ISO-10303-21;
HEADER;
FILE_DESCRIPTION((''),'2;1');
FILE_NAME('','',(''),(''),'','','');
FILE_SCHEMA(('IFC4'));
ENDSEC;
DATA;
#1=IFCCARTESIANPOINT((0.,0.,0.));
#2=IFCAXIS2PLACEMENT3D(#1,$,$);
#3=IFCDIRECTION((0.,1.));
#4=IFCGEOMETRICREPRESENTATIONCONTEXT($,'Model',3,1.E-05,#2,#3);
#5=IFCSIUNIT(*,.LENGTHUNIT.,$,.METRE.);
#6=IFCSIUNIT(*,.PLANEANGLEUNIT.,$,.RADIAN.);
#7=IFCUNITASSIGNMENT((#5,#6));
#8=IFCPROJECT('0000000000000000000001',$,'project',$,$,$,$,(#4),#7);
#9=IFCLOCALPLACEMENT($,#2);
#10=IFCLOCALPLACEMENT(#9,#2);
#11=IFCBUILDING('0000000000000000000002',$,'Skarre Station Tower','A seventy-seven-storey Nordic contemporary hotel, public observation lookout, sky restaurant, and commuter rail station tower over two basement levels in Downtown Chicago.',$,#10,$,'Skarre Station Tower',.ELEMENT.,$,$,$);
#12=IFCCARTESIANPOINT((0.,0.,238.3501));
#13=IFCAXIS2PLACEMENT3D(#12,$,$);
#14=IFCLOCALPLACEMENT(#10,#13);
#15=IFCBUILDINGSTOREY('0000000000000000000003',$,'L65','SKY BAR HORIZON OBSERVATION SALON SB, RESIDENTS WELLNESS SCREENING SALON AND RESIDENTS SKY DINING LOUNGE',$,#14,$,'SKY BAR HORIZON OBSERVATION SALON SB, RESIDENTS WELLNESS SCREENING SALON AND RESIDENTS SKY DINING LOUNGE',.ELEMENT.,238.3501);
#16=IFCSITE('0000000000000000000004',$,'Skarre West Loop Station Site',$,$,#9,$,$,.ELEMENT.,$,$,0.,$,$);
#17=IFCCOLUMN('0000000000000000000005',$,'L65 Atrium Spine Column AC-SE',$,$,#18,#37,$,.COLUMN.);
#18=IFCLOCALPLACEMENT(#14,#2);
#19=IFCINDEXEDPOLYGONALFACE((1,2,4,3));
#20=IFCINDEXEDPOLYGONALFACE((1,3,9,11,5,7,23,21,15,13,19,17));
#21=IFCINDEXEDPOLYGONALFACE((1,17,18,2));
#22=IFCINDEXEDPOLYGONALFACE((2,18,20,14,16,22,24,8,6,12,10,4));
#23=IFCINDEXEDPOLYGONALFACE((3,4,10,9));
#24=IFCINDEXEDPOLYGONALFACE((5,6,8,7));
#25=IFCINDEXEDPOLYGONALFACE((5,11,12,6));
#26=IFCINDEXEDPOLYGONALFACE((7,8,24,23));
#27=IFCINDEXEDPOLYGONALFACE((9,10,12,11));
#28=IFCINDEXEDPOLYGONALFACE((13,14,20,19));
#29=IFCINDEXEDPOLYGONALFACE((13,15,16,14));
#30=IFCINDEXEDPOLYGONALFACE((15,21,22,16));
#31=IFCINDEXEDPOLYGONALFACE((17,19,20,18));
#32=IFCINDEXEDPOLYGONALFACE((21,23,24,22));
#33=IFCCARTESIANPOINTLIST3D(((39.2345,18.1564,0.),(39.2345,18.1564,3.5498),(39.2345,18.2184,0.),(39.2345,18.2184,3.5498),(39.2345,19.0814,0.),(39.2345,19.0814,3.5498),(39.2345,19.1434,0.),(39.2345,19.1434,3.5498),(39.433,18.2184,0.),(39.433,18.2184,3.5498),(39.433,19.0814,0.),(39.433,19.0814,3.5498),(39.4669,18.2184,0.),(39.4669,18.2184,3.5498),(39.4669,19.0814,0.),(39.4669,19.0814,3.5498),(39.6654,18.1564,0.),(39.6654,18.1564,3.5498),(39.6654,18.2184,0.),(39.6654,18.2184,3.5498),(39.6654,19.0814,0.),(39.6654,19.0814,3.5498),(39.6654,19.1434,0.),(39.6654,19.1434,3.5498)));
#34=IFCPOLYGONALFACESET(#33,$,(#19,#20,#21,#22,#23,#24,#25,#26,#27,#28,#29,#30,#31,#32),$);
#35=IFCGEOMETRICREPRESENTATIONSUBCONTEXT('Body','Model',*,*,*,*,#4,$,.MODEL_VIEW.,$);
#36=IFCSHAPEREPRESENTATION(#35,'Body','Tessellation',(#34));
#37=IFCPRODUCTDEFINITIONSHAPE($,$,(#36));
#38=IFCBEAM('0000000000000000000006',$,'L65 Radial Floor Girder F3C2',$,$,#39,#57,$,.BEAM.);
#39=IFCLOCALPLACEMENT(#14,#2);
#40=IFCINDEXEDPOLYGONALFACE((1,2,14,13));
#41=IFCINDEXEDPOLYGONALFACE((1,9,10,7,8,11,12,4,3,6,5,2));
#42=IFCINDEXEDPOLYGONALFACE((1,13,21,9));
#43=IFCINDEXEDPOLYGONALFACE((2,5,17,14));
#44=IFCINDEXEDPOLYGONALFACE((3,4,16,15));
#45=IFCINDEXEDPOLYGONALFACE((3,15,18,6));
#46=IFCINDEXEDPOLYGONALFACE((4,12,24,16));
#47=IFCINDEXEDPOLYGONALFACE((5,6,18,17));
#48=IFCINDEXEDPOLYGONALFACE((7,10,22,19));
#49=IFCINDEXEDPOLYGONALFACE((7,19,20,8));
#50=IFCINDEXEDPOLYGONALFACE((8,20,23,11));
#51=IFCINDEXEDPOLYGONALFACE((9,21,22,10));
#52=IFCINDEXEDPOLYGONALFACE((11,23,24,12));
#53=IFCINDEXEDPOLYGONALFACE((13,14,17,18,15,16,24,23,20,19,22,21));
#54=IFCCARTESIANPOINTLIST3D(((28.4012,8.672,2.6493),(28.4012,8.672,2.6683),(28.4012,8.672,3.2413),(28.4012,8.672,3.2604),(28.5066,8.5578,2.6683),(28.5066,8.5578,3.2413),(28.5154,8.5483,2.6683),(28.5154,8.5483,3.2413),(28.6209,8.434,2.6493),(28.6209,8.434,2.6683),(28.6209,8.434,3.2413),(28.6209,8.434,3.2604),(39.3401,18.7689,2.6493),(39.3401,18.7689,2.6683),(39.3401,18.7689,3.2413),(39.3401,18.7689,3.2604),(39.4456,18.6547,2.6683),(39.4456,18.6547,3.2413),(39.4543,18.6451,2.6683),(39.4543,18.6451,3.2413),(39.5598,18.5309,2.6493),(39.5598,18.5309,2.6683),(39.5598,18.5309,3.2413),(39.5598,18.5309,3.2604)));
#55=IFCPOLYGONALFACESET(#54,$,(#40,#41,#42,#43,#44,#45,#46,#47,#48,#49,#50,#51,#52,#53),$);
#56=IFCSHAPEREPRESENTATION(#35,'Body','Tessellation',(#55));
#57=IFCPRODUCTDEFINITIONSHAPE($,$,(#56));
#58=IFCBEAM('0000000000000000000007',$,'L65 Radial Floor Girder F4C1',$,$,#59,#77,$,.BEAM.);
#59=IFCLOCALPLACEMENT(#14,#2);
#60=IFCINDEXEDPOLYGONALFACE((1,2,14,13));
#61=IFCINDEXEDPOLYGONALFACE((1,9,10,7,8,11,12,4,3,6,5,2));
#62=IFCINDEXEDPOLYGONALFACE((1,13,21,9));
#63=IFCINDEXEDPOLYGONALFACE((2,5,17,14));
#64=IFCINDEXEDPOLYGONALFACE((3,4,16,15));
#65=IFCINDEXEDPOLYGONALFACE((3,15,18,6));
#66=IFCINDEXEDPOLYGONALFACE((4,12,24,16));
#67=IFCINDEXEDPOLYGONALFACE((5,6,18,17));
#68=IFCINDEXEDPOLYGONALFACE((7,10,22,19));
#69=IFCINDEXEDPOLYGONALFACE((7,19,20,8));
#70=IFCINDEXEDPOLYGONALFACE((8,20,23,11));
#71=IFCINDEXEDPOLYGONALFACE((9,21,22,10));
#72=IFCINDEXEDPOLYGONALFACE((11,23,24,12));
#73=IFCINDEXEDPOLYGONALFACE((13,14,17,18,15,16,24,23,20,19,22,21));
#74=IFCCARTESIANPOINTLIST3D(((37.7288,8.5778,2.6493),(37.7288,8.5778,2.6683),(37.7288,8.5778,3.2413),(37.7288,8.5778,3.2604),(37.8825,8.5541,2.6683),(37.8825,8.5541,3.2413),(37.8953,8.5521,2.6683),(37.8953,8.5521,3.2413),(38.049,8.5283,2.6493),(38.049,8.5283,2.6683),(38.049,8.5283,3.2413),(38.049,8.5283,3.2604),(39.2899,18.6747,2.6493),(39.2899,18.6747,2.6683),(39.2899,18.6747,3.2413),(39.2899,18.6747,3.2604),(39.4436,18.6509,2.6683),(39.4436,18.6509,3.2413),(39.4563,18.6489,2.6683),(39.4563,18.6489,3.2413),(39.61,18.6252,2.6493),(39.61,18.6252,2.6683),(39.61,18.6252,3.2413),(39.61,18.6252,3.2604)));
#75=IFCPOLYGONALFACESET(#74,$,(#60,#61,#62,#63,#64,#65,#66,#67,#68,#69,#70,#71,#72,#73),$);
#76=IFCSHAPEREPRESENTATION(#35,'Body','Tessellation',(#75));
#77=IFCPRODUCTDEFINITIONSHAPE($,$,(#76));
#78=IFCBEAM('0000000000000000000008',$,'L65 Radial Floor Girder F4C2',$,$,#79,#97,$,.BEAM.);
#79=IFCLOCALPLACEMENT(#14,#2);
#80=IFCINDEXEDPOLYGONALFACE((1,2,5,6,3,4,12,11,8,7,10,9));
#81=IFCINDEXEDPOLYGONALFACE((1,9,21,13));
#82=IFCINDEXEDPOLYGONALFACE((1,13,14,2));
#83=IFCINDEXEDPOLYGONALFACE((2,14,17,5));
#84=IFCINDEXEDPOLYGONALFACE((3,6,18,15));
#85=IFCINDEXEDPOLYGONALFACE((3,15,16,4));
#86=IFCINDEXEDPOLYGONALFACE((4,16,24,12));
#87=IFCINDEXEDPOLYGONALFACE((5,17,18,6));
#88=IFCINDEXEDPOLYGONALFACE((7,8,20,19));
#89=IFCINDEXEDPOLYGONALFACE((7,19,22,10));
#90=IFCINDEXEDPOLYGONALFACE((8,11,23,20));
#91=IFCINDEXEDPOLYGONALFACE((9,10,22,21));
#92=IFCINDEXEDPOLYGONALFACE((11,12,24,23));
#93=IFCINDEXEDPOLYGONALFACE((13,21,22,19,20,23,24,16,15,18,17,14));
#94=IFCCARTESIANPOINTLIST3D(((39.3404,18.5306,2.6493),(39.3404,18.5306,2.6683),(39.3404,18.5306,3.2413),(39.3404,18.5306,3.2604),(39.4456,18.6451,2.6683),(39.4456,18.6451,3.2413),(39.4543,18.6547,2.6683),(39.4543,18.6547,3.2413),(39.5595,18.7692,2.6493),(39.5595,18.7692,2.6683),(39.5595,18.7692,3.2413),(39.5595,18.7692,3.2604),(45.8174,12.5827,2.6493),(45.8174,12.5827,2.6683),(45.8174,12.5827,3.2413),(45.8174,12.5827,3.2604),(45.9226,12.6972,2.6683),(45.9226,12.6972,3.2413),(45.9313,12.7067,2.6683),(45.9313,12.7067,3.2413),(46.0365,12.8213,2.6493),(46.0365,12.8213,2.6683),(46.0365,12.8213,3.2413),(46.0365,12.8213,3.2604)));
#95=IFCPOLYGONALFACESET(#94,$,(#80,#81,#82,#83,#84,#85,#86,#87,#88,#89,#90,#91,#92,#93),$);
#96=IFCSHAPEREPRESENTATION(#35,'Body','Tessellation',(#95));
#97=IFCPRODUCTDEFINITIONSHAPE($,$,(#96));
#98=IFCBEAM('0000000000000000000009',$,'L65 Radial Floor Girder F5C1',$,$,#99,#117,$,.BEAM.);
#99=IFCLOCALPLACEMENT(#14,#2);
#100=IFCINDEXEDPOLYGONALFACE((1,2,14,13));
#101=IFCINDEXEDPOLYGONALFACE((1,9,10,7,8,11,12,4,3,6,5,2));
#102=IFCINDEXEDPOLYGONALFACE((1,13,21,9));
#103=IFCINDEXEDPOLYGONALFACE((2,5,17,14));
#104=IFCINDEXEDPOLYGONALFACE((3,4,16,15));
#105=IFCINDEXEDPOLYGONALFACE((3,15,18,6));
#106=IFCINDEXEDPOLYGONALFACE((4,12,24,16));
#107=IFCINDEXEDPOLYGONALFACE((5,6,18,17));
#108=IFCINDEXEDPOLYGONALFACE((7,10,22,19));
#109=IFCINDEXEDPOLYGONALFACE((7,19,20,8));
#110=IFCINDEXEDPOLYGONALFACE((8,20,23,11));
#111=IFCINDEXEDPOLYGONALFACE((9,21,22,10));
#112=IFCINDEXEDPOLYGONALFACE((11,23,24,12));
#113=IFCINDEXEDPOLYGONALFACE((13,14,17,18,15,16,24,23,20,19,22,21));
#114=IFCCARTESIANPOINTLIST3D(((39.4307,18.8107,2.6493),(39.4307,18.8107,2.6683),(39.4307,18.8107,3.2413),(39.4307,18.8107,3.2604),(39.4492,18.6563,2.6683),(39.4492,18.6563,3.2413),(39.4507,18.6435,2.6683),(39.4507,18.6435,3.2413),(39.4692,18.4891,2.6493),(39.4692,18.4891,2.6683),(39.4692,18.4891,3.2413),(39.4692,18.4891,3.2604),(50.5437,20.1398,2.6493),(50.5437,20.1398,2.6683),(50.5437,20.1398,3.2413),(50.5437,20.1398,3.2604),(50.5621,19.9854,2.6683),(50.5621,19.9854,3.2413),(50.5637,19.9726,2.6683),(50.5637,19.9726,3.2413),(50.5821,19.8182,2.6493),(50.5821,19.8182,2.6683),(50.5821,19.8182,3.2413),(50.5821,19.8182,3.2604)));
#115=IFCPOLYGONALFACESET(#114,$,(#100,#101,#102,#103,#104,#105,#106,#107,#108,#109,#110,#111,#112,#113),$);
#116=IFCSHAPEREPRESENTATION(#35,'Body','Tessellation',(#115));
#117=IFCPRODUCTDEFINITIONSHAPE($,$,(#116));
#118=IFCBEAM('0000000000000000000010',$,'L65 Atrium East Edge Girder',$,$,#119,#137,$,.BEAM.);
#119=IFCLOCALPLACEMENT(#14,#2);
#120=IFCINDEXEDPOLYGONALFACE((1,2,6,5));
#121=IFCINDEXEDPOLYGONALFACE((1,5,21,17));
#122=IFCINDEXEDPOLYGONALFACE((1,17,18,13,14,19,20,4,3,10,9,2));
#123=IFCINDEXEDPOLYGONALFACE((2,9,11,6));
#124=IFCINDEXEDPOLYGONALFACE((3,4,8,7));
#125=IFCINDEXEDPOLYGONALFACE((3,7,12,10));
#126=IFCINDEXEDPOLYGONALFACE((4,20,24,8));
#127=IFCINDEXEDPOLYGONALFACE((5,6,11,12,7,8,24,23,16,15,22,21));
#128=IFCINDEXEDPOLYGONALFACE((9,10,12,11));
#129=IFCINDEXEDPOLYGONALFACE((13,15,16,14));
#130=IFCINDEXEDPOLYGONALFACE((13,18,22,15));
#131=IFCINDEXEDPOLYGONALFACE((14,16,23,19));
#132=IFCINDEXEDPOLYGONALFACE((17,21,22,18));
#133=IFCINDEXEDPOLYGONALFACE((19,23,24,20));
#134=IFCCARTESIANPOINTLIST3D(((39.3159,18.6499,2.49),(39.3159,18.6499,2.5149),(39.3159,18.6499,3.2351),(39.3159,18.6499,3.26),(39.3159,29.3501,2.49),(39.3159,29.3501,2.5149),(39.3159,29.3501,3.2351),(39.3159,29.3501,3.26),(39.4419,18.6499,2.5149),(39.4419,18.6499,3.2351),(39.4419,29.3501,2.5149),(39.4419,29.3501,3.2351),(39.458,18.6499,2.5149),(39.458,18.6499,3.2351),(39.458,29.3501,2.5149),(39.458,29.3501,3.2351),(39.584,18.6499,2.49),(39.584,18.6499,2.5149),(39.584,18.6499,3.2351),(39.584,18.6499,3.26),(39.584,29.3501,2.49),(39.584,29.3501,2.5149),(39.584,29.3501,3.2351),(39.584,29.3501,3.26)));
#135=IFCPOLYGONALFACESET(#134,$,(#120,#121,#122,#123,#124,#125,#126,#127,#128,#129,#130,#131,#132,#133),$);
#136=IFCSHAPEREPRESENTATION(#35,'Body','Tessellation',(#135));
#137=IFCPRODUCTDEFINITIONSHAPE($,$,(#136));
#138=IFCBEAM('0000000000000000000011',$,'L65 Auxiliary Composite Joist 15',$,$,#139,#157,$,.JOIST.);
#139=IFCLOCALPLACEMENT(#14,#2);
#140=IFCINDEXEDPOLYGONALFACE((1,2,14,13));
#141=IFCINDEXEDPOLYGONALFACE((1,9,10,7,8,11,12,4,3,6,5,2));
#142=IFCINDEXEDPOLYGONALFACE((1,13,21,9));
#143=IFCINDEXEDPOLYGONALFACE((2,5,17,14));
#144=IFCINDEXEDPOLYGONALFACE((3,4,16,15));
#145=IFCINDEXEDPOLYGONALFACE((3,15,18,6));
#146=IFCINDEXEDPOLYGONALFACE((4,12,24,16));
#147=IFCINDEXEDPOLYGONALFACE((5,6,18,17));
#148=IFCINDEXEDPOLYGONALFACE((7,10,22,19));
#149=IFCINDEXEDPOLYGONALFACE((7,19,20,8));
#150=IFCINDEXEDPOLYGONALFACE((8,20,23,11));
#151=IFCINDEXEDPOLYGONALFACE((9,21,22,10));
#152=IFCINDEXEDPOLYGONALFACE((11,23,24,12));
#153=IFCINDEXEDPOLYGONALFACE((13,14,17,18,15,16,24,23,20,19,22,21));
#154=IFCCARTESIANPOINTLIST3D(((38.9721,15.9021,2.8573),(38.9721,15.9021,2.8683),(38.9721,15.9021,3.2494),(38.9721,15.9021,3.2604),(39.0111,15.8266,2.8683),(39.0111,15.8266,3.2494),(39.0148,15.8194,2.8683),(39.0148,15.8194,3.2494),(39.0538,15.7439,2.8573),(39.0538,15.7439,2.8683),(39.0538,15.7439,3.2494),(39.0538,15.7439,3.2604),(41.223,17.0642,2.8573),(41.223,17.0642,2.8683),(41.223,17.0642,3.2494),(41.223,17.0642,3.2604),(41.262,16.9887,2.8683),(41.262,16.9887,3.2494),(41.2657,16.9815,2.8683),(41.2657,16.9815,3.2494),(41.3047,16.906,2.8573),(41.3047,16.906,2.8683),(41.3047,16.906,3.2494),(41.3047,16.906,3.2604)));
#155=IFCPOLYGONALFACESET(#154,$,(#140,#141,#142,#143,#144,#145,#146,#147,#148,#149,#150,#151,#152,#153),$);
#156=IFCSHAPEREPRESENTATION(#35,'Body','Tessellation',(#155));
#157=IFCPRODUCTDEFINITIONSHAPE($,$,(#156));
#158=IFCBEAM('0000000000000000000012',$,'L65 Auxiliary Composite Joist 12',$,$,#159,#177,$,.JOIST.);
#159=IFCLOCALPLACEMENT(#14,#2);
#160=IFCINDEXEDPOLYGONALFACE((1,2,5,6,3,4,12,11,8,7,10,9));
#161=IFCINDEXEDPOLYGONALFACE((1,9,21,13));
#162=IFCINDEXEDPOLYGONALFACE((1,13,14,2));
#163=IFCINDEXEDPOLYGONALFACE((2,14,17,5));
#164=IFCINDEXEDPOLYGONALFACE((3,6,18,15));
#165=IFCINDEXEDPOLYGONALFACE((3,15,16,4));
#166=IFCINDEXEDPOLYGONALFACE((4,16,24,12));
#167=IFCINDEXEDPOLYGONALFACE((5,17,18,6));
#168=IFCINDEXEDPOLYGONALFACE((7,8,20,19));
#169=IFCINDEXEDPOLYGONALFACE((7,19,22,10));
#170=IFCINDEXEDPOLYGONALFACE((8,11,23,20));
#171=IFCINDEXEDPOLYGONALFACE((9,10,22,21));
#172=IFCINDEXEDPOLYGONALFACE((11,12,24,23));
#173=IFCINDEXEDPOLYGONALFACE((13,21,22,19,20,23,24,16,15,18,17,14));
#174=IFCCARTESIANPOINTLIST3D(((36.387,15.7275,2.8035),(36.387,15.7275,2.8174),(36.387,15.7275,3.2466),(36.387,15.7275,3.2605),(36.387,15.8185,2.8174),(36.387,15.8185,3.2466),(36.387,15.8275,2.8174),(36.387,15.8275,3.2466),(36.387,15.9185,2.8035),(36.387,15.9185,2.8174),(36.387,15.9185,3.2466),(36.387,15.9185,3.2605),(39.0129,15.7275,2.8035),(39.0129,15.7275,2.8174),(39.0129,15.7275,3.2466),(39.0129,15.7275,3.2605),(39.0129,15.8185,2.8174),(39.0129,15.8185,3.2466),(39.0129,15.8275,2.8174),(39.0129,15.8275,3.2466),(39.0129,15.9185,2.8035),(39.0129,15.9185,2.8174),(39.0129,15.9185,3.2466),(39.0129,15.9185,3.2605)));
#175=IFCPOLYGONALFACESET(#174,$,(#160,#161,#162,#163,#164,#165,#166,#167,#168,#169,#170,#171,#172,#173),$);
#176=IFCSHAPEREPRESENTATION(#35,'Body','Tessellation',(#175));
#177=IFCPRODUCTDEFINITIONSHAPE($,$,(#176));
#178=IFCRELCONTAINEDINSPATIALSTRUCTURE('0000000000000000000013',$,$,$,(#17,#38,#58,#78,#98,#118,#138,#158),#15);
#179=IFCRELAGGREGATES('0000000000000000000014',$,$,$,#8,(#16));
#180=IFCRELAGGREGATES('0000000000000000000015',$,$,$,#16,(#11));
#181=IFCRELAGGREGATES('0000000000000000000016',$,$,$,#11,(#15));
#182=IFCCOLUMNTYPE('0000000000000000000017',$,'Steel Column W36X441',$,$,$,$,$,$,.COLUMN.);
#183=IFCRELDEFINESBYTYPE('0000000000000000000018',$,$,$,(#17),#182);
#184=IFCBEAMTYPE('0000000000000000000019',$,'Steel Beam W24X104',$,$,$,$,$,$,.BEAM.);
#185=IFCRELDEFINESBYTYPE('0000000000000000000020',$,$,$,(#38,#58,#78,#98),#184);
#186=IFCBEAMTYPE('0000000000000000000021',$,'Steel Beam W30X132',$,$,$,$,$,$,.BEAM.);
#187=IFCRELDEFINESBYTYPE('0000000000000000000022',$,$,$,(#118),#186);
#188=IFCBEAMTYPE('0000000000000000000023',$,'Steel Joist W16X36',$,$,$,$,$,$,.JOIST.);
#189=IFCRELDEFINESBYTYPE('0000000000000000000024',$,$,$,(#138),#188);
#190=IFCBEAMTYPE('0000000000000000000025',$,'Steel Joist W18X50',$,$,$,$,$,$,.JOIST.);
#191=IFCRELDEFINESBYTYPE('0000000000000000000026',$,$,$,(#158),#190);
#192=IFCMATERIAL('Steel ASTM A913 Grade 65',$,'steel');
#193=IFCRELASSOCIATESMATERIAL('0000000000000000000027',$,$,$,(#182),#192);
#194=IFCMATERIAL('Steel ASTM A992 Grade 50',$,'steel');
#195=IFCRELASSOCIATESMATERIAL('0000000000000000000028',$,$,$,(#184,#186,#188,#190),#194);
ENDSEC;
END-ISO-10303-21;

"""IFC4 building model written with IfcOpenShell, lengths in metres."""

from ifc_helpers import new_model, si_unit, direction, frame, origin, origin_2d, place, context, subcontext, project, spatial, i_section, extrude, material, material_profile, profile_set, type_object, element, save


model = new_model("IFC4")

# Units and contexts
model_context = context("Model", 3, precision=1e-05, world=origin(), true_north=direction((0.0, 1.0)))
body_context = subcontext(model_context, "Body", "Model", "MODEL_VIEW")
ifc_project = project(units=[si_unit("LENGTHUNIT", "METRE"), si_unit("PLANEANGLEUNIT", "RADIAN")], contexts=[model_context])

# Site, building, storey
site_placement = place(None, origin())
site = spatial("IfcSite", under=ifc_project, at=site_placement, Name="Skarre West Loop Station Site", CompositionType="ELEMENT", RefElevation=0.0)
building_placement = place(site_placement, origin())
building = spatial("IfcBuilding", under=site, at=building_placement, Name="Skarre Station Tower", Description="A seventy-seven-storey Nordic contemporary hotel, public observation lookout, sky restaurant, and commuter rail station tower over two basement levels in Downtown Chicago.", LongName="Skarre Station Tower", CompositionType="ELEMENT")
storey_placement = place(building_placement, frame((0.0, 0.0, 238.3501)))
storey = spatial("IfcBuildingStorey", under=building, at=storey_placement, Name="L65", Description="SKY BAR HORIZON OBSERVATION SALON SB, RESIDENTS WELLNESS SCREENING SALON AND RESIDENTS SKY DINING LOUNGE", LongName="SKY BAR HORIZON OBSERVATION SALON SB, RESIDENTS WELLNESS SCREENING SALON AND RESIDENTS SKY DINING LOUNGE", CompositionType="ELEMENT", Elevation=238.3501)

# Column
ifc_material_1 = material(Name="Steel ASTM A913 Grade 65", Category="steel")
ifc_material_profile_1 = material_profile(ifc_material_1, i_section(OverallWidth=0.4309, OverallDepth=0.9871, WebThickness=0.0339, FlangeThickness=0.062, at=origin_2d()), Name="Steel ASTM A913 Grade 65")
ifc_profile_set_1 = profile_set([ifc_material_profile_1], Name="Steel ASTM A913 Grade 65")
column_type = type_object("IfcColumnType", Name="Steel Column W36X441", PredefinedType="COLUMN", material=ifc_profile_set_1)
column_placement = place(storey_placement, frame((39.45, 18.6499, 0.0), z_axis=(0.0, 0.0, 1.0), x_axis=(1.0, 0.0, 0.0)))
element("IfcColumn", 1, at=column_placement, inside=storey, type_object=column_type, Name="L65 Atrium Spine Column AC-SE", PredefinedType="COLUMN", context=body_context, shape_type="SweptSolid", body=[
    extrude(i_section(OverallWidth=0.4309, OverallDepth=0.9871, WebThickness=0.0339, FlangeThickness=0.062, at=origin_2d()), origin(), (0.0, 0.0, 1.0), 3.5498),
])

# Beams
ifc_material_2 = material(Name="Steel ASTM A992 Grade 50", Category="steel")
ifc_material_profile_2 = material_profile(ifc_material_2, i_section(OverallWidth=0.324, OverallDepth=0.6111, WebThickness=0.0129, FlangeThickness=0.019, at=origin_2d()), Name="Steel ASTM A992 Grade 50")
ifc_profile_set_2 = profile_set([ifc_material_profile_2], Name="Steel ASTM A992 Grade 50")
beam_type_1 = type_object("IfcBeamType", Name="Steel Beam W24X104", PredefinedType="BEAM", material=ifc_profile_set_2)
beam_1_placement = place(storey_placement, frame((39.45, 18.6499, 2.9548), z_axis=(-0.734823, -0.678259, 0.0), x_axis=(0.678259, -0.734823, 0.0)))
element("IfcBeam", 2, at=beam_1_placement, inside=storey, type_object=beam_type_1, Name="L65 Radial Floor Girder F3C2", PredefinedType="BEAM", context=body_context, shape_type="SweptSolid", body=[
    extrude(i_section(OverallWidth=0.324, OverallDepth=0.6111, WebThickness=0.0129, FlangeThickness=0.019, at=origin_2d()), origin(), (0.0, 0.0, 1.0), 14.8865),
])
beam_2_placement = place(storey_placement, frame((39.45, 18.6499, 2.9548), z_axis=(-0.15279, -0.988259, 0.0), x_axis=(0.988259, -0.15279, 0.0)))
element("IfcBeam", 3, at=beam_2_placement, inside=storey, type_object=beam_type_1, Name="L65 Radial Floor Girder F4C1", PredefinedType="BEAM", context=body_context, shape_type="SweptSolid", body=[
    extrude(i_section(OverallWidth=0.324, OverallDepth=0.6111, WebThickness=0.0129, FlangeThickness=0.019, at=origin_2d()), origin(), (0.0, 0.0, 1.0), 10.2168),
])
beam_3_placement = place(storey_placement, frame((39.45, 18.6499, 2.9548), z_axis=(0.736548, -0.676386, 0.0), x_axis=(0.676386, 0.736548, 0.0)))
element("IfcBeam", 4, at=beam_3_placement, inside=storey, type_object=beam_type_1, Name="L65 Radial Floor Girder F4C2", PredefinedType="BEAM", context=body_context, shape_type="SweptSolid", body=[
    extrude(i_section(OverallWidth=0.324, OverallDepth=0.6111, WebThickness=0.0129, FlangeThickness=0.019, at=origin_2d()), origin(), (0.0, 0.0, 1.0), 8.7937),
])
beam_4_placement = place(storey_placement, frame((39.45, 18.6499, 2.9548), z_axis=(0.992924, 0.118752, 0.0), x_axis=(-0.118752, 0.992924, 0.0)))
element("IfcBeam", 5, at=beam_4_placement, inside=storey, type_object=beam_type_1, Name="L65 Radial Floor Girder F5C1", PredefinedType="BEAM", context=body_context, shape_type="SweptSolid", body=[
    extrude(i_section(OverallWidth=0.324, OverallDepth=0.6111, WebThickness=0.0129, FlangeThickness=0.019, at=origin_2d()), origin(), (0.0, 0.0, 1.0), 11.1921),
])
ifc_material_profile_3 = material_profile(ifc_material_2, i_section(OverallWidth=0.2681, OverallDepth=0.77, WebThickness=0.0161, FlangeThickness=0.0249, at=origin_2d()), Name="Steel ASTM A992 Grade 50")
ifc_profile_set_3 = profile_set([ifc_material_profile_3], Name="Steel ASTM A992 Grade 50")
beam_type_2 = type_object("IfcBeamType", Name="Steel Beam W30X132", PredefinedType="BEAM", material=ifc_profile_set_3)
beam_5_placement = place(storey_placement, frame((39.45, 18.6499, 2.875), z_axis=(0.0, 1.0, 0.0), x_axis=(-1.0, 0.0, 0.0)))
element("IfcBeam", 6, at=beam_5_placement, inside=storey, type_object=beam_type_2, Name="L65 Atrium East Edge Girder", PredefinedType="BEAM", context=body_context, shape_type="SweptSolid", body=[
    extrude(i_section(OverallWidth=0.2681, OverallDepth=0.77, WebThickness=0.0161, FlangeThickness=0.0249, at=origin_2d()), origin(), (0.0, 0.0, 1.0), 10.7002),
])
ifc_material_profile_4 = material_profile(ifc_material_2, i_section(OverallWidth=0.178, OverallDepth=0.4031, WebThickness=0.0081, FlangeThickness=0.011, at=origin_2d()), Name="Steel ASTM A992 Grade 50")
ifc_profile_set_4 = profile_set([ifc_material_profile_4], Name="Steel ASTM A992 Grade 50")
beam_type_3 = type_object("IfcBeamType", Name="Steel Joist W16X36", PredefinedType="JOIST", material=ifc_profile_set_4)
beam_6_placement = place(storey_placement, frame((39.0129, 15.823, 3.0588), z_axis=(0.88857, 0.458741, 0.0), x_axis=(-0.458741, 0.88857, 0.0)))
element("IfcBeam", 7, at=beam_6_placement, inside=storey, type_object=beam_type_3, Name="L65 Auxiliary Composite Joist 15", PredefinedType="JOIST", context=body_context, shape_type="SweptSolid", body=[
    extrude(i_section(OverallWidth=0.178, OverallDepth=0.4031, WebThickness=0.0081, FlangeThickness=0.011, at=origin_2d()), origin(), (0.0, 0.0, 1.0), 2.5332),
])
ifc_material_profile_5 = material_profile(ifc_material_2, i_section(OverallWidth=0.1909, OverallDepth=0.457, WebThickness=0.009, FlangeThickness=0.0139, at=origin_2d()), Name="Steel ASTM A992 Grade 50")
ifc_profile_set_5 = profile_set([ifc_material_profile_5], Name="Steel ASTM A992 Grade 50")
beam_type_4 = type_object("IfcBeamType", Name="Steel Joist W18X50", PredefinedType="JOIST", material=ifc_profile_set_5)
beam_7_placement = place(storey_placement, frame((36.387, 15.823, 3.032), z_axis=(1.0, 0.0, 0.0), x_axis=(0.0, 1.0, 0.0)))
element("IfcBeam", 8, at=beam_7_placement, inside=storey, type_object=beam_type_4, Name="L65 Auxiliary Composite Joist 12", PredefinedType="JOIST", context=body_context, shape_type="SweptSolid", body=[
    extrude(i_section(OverallWidth=0.1909, OverallDepth=0.457, WebThickness=0.009, FlangeThickness=0.0139, at=origin_2d()), origin(), (0.0, 0.0, 1.0), 2.626),
])

save(model, "model.ifc")
